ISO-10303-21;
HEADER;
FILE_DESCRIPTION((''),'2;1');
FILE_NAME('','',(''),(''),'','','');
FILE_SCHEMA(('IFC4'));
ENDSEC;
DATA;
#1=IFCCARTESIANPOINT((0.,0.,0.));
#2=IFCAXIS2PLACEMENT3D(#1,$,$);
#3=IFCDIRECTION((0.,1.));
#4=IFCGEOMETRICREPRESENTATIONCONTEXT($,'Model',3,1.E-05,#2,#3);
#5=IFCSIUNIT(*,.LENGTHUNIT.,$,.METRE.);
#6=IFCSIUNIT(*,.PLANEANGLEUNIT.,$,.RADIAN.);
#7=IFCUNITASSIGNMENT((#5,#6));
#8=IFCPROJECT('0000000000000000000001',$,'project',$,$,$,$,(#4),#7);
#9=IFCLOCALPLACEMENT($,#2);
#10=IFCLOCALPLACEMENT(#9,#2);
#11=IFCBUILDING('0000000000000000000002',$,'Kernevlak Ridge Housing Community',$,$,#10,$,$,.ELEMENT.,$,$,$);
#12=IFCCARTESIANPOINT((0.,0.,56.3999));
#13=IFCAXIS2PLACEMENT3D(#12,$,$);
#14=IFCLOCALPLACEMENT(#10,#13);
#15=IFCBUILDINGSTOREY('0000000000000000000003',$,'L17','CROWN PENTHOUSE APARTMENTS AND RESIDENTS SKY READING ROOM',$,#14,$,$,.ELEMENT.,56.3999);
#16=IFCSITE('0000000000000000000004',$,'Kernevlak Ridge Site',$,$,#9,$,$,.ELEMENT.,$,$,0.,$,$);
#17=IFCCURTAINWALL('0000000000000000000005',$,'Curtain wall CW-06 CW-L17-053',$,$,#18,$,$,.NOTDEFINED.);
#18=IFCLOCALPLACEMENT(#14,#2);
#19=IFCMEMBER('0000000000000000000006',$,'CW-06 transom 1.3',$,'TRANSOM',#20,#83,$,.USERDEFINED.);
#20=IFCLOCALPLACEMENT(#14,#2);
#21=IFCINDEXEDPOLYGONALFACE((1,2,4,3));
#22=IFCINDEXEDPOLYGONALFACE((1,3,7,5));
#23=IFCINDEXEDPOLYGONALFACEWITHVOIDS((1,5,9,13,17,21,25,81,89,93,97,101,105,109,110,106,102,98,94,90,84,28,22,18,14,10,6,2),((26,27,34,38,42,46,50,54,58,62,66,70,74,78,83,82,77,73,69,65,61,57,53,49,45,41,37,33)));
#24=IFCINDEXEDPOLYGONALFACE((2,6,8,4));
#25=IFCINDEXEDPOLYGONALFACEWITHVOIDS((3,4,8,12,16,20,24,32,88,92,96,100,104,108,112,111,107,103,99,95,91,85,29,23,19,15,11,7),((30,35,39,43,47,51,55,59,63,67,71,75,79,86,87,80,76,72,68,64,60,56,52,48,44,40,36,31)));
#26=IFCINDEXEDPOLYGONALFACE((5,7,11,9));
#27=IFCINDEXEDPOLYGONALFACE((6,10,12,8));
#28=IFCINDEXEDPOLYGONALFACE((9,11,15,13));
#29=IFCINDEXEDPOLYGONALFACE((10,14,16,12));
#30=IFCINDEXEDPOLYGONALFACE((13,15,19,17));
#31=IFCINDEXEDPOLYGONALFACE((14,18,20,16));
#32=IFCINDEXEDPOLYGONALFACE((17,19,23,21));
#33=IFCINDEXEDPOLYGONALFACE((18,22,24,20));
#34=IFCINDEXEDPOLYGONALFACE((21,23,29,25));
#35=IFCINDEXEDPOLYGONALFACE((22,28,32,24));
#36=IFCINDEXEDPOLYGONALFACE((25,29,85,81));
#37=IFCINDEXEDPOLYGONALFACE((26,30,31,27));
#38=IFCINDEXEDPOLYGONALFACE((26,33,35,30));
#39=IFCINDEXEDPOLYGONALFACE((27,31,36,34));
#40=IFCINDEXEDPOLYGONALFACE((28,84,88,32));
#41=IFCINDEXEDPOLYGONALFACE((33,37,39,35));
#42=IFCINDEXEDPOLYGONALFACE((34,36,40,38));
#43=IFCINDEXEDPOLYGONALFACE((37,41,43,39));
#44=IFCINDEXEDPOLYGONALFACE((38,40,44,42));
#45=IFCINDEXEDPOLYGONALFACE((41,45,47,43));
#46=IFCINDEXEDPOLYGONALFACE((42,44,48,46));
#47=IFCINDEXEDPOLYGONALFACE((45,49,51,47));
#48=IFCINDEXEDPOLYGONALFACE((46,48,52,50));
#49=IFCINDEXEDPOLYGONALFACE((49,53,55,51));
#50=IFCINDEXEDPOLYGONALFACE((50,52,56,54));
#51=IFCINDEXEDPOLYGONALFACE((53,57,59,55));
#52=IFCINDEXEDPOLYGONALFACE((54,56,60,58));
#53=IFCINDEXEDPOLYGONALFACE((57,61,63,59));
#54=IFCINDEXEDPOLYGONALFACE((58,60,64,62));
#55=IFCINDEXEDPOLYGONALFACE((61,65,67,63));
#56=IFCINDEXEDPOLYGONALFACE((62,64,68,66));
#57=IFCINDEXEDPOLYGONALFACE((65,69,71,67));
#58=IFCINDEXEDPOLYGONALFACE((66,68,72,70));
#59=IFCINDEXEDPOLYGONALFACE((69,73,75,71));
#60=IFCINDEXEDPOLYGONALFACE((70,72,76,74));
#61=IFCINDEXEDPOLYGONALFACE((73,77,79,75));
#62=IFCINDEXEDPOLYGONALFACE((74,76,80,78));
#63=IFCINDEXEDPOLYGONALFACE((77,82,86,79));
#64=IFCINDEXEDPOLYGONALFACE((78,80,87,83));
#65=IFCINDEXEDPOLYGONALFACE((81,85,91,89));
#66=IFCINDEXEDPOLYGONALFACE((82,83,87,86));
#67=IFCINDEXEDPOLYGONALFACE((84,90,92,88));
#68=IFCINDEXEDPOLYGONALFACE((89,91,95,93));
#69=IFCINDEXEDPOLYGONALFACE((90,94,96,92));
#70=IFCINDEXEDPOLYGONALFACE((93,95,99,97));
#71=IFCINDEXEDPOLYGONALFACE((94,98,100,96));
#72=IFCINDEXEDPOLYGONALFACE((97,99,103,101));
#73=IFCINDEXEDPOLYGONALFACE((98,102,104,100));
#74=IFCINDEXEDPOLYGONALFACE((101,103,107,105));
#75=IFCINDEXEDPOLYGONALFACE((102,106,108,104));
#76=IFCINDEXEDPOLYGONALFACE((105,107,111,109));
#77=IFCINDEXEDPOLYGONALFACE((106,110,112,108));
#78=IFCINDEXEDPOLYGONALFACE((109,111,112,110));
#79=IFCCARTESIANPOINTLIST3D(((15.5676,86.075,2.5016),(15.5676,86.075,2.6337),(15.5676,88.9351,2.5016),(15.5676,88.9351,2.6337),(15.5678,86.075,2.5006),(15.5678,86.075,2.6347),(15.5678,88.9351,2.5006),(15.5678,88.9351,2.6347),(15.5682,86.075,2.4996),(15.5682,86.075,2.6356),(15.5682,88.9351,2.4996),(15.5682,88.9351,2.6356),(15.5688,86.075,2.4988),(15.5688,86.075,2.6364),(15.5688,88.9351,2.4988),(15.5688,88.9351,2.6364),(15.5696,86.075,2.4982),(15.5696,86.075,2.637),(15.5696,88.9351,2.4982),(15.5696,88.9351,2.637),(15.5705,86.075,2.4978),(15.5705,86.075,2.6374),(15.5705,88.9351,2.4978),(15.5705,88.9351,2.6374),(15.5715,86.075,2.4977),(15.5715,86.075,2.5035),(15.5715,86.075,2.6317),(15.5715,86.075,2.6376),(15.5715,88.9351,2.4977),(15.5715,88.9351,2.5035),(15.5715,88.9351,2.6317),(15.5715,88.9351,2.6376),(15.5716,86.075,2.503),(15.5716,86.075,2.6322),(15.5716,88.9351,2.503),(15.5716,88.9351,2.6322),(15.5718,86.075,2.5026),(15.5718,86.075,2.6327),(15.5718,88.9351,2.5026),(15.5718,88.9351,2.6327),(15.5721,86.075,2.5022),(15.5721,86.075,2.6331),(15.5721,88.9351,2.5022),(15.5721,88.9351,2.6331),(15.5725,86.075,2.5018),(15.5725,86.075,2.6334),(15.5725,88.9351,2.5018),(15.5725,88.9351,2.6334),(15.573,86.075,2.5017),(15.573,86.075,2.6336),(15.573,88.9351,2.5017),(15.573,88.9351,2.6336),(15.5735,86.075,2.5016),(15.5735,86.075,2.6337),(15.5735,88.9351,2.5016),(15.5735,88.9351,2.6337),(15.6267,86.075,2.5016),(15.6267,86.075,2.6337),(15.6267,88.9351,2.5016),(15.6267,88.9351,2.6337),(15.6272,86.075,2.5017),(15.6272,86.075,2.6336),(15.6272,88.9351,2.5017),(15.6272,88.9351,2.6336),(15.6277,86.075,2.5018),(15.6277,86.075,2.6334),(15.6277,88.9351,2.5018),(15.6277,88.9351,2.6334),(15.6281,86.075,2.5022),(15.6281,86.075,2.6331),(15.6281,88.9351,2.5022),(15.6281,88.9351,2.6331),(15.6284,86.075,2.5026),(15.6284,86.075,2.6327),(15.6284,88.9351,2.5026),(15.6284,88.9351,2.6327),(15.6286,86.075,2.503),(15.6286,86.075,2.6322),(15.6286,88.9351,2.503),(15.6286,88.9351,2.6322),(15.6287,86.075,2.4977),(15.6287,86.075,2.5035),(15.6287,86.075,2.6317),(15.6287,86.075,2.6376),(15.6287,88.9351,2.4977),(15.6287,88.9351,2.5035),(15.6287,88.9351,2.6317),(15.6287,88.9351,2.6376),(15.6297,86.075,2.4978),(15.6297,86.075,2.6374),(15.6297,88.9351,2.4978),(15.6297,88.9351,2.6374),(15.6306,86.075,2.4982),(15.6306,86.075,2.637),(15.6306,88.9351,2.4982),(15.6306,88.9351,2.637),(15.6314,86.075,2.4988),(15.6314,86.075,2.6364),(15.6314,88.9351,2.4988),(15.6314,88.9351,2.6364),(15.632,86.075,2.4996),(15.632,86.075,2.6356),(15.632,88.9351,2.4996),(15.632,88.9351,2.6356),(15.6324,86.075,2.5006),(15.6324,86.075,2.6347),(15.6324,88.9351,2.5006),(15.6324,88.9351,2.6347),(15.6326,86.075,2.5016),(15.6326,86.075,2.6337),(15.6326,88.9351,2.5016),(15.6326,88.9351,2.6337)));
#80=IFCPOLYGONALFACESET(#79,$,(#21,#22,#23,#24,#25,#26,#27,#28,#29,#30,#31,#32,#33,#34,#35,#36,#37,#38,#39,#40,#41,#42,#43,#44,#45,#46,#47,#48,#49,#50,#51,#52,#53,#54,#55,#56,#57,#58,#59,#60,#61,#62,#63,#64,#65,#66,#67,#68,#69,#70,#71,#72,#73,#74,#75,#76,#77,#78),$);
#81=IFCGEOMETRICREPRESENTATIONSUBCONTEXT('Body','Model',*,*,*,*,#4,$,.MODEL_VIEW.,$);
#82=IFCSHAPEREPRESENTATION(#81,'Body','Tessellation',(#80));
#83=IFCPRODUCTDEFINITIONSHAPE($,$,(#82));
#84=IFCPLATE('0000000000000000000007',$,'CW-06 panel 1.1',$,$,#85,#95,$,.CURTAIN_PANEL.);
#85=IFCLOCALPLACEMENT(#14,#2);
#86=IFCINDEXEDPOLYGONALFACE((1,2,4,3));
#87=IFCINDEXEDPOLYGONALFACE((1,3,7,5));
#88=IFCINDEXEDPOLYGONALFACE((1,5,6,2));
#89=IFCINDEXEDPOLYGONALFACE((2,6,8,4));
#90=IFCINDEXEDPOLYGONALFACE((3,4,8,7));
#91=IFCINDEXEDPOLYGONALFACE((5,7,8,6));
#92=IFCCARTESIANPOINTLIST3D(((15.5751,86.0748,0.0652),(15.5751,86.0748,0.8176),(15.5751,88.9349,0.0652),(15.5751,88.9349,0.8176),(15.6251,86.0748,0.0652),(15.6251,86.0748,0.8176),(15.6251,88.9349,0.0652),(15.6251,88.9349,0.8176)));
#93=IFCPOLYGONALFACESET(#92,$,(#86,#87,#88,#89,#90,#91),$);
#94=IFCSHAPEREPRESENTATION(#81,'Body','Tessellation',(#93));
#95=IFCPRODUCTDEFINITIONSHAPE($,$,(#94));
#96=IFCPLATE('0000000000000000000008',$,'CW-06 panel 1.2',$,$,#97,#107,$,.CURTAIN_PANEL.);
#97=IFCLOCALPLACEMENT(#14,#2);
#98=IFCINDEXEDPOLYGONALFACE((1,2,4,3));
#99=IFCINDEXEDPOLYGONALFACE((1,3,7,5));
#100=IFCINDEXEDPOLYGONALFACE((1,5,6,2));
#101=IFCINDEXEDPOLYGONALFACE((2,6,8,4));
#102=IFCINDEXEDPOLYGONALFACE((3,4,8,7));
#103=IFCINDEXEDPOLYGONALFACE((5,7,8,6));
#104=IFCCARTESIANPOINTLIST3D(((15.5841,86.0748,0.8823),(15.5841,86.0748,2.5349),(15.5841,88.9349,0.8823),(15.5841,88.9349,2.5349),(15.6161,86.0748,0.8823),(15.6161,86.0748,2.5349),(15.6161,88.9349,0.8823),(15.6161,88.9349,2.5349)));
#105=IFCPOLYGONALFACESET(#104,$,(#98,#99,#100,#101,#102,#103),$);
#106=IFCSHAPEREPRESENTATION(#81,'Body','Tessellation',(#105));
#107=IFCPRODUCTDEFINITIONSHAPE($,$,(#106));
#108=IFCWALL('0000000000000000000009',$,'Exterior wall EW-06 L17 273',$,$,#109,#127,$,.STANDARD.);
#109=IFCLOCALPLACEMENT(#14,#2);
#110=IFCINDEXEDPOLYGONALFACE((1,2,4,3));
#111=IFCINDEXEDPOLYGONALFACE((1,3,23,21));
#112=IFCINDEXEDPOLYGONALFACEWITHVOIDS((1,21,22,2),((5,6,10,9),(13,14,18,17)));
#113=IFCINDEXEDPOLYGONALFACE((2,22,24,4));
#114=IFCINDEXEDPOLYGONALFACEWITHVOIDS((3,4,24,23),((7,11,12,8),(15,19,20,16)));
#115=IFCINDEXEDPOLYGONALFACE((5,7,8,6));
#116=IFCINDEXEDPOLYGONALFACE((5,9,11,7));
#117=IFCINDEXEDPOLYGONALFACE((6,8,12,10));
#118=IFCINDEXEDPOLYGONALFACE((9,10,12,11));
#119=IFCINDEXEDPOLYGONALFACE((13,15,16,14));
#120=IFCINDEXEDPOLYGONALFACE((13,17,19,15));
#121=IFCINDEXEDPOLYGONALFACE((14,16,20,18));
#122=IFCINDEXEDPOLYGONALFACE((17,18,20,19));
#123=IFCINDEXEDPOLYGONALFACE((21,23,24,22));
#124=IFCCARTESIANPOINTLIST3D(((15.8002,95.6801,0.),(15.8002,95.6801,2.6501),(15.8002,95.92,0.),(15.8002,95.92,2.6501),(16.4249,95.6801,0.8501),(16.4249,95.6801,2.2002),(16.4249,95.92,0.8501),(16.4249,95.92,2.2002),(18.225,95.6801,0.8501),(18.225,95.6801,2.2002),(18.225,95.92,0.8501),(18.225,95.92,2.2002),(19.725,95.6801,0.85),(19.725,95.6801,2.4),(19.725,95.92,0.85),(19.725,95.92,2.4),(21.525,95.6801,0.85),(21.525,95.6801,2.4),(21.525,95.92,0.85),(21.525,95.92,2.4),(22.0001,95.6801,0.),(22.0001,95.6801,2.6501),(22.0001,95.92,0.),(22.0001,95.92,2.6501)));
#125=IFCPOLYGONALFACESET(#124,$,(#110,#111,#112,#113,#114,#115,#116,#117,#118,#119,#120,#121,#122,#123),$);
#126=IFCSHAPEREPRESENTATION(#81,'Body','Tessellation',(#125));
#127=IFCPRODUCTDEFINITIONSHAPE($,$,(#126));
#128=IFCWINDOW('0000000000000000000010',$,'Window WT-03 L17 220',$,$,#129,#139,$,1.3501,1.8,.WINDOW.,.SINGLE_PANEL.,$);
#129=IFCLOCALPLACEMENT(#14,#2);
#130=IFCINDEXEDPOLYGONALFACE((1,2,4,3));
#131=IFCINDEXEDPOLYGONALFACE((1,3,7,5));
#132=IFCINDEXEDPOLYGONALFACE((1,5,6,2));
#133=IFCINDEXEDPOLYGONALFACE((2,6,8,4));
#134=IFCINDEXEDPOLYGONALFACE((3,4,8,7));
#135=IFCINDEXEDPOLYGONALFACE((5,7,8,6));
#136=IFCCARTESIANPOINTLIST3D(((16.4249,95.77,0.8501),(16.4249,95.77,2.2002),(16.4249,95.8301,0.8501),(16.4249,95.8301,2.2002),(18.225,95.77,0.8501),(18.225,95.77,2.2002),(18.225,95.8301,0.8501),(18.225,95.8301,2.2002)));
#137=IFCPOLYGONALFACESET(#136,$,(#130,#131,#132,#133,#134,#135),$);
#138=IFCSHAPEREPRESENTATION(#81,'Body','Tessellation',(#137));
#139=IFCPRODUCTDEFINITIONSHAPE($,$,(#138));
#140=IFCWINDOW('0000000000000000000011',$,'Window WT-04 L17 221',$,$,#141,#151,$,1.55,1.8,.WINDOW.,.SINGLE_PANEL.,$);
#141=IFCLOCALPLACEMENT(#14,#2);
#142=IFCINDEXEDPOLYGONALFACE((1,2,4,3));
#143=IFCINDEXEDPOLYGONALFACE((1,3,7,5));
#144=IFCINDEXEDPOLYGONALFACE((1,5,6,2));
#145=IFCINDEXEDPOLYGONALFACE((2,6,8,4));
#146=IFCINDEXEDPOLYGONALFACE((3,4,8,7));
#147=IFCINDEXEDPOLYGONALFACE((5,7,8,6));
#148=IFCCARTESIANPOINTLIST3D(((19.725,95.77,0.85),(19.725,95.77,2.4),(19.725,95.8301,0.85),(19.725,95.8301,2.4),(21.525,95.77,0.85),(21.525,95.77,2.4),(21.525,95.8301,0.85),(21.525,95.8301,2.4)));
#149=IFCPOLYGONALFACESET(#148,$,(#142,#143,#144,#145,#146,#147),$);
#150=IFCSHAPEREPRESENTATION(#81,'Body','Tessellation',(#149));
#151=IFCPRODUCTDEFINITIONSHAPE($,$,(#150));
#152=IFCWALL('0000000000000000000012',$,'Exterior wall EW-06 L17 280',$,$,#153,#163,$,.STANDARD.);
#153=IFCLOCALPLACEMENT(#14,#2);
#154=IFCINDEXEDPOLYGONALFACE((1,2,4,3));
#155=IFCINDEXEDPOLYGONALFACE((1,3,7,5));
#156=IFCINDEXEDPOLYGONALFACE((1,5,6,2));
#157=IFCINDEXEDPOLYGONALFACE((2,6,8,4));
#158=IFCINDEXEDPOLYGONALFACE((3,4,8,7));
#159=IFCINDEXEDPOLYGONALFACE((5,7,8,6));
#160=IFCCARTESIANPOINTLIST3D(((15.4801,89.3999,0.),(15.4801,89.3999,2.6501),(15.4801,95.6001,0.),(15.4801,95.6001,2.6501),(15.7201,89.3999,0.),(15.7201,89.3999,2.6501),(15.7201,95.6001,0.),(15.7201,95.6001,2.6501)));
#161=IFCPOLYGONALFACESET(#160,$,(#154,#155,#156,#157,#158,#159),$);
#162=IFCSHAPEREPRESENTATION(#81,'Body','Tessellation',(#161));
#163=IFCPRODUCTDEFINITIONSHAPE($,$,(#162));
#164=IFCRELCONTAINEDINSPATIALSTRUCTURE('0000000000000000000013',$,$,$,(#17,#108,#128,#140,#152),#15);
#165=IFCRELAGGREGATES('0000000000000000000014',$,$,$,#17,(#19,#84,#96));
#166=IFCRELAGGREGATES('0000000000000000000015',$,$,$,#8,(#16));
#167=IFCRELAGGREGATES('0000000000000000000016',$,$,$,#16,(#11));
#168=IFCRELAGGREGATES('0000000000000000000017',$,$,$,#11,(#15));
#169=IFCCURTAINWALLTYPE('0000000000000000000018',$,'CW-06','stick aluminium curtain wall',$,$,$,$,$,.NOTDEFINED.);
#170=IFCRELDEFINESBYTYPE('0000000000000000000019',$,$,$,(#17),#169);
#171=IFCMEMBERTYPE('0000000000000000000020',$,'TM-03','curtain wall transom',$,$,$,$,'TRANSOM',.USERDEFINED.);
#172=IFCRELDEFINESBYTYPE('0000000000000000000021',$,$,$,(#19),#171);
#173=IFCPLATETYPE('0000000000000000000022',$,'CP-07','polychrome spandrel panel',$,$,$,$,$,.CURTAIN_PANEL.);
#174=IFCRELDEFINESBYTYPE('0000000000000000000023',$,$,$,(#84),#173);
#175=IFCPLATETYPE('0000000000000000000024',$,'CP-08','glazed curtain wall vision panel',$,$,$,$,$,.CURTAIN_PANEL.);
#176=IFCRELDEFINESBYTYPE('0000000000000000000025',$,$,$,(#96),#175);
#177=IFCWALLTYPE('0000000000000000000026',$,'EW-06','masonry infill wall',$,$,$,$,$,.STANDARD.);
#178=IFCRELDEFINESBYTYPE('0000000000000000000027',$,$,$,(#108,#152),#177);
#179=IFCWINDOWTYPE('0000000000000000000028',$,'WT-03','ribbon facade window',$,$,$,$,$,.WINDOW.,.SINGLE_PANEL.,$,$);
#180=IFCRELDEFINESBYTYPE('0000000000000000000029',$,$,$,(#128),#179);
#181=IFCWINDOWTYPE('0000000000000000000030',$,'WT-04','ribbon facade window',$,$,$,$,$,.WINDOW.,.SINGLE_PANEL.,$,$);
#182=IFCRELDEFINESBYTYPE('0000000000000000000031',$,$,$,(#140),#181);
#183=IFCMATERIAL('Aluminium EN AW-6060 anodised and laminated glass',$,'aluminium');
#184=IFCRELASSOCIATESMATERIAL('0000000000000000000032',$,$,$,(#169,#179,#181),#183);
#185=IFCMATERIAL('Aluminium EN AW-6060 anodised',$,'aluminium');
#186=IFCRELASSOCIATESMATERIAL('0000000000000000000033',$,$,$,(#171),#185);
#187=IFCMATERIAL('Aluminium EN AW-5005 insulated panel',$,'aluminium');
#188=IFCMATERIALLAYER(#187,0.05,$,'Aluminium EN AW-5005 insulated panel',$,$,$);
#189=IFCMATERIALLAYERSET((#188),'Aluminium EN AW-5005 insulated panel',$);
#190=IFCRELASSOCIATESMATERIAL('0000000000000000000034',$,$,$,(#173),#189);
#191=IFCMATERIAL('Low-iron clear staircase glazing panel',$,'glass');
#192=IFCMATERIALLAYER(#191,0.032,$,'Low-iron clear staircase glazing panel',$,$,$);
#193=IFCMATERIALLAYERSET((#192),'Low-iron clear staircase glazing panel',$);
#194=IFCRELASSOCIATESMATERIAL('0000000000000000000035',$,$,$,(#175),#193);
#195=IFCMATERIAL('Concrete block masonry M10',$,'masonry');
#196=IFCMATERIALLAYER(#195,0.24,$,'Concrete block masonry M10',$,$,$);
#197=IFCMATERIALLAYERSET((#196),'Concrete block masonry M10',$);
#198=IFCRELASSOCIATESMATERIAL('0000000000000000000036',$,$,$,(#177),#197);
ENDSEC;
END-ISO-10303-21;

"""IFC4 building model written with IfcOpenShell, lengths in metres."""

from ifc_helpers import new_model, si_unit, direction, frame, frame_2d, origin, origin_2d, place, context, subcontext, project, spatial, rectangle, hollow_rectangle, extrude, material, layer, layer_set, material_profile, profile_set, type_object, element, fill, aggregate, save


model = new_model("IFC4")

# Units and contexts
model_context = context("Model", 3, precision=1e-05, world=origin(), true_north=direction((0.0, 1.0)))
body_context = subcontext(model_context, "Body", "Model", "MODEL_VIEW")
ifc_project = project(units=[si_unit("LENGTHUNIT", "METRE"), si_unit("PLANEANGLEUNIT", "RADIAN")], contexts=[model_context])

# Site, building, storey
site_placement = place(None, origin())
site = spatial("IfcSite", under=ifc_project, at=site_placement, Name="Kernevlak Ridge Site", CompositionType="ELEMENT", RefElevation=0.0)
building_placement = place(site_placement, origin())
building = spatial("IfcBuilding", under=site, at=building_placement, Name="Kernevlak Ridge Housing Community", CompositionType="ELEMENT")
storey_placement = place(building_placement, frame((0.0, 0.0, 56.3999)))
storey = spatial("IfcBuildingStorey", under=building, at=storey_placement, Name="L17", Description="CROWN PENTHOUSE APARTMENTS AND RESIDENTS SKY READING ROOM", CompositionType="ELEMENT", Elevation=56.3999)

# Curtain wall
ifc_material_1 = material(Name="Aluminium EN AW-6060 anodised and laminated glass", Category="aluminium")
curtain_wall_type = type_object("IfcCurtainWallType", Name="CW-06", Description="stick aluminium curtain wall", PredefinedType="NOTDEFINED", material=ifc_material_1)
curtain_wall_placement = place(storey_placement, origin())
curtain_wall = element("IfcCurtainWall", 1, at=curtain_wall_placement, inside=storey, type_object=curtain_wall_type, Name="Curtain wall CW-06 CW-L17-053", PredefinedType="NOTDEFINED")
ifc_material_2 = material(Name="Aluminium EN AW-6060 anodised", Category="aluminium")

# Member
ifc_material_profile_1 = material_profile(ifc_material_2, hollow_rectangle(XDim=0.0649, YDim=0.1399, WallThickness=0.0039, InnerFilletRadius=0.002, OuterFilletRadius=0.0039, at=origin_2d()), Name="ALU 65x140x4")
ifc_profile_set_1 = profile_set([ifc_material_profile_1], Name="Aluminium EN AW-6060 anodised")
member_type_1 = type_object("IfcMemberType", Name="TM-03", Description="curtain wall transom", ElementType="TRANSOM", PredefinedType="USERDEFINED", material=ifc_profile_set_1)
member_1_placement = place(storey_placement, frame((15.6001, 86.075, 2.5676), z_axis=(0.0, 1.0, 0.0), x_axis=(-1.0, 0.0, 0.0)))
member_1 = element("IfcMember", 2, at=member_1_placement, type_object=member_type_1, Name="CW-06 transom 1.3", ObjectType="TRANSOM", PredefinedType="USERDEFINED", context=body_context, shape_type="SweptSolid", body=[
    extrude(hollow_rectangle(XDim=0.0649, YDim=0.1399, WallThickness=0.0039, InnerFilletRadius=0.002, OuterFilletRadius=0.0039, at=origin_2d()), origin(), (0.0, 0.0, 1.0), 2.8601),
])

# Plates
ifc_material_3 = material(Name="Aluminium EN AW-5005 insulated panel", Category="aluminium")
ifc_layer_1 = layer(ifc_material_3, 0.05, Name="Aluminium EN AW-5005 insulated panel")
ifc_layer_set_1 = layer_set([ifc_layer_1], Name="Aluminium EN AW-5005 insulated panel")
plate_type_1 = type_object("IfcPlateType", Name="CP-07", Description="polychrome spandrel panel", PredefinedType="CURTAIN_PANEL", material=ifc_layer_set_1)
plate_1_placement = place(storey_placement, frame((15.6001, 87.5049, 0.0652), z_axis=(0.0, 0.0, 1.0), x_axis=(0.0, 1.0, 0.0)))
plate_1 = element("IfcPlate", 3, at=plate_1_placement, type_object=plate_type_1, Name="CW-06 panel 1.1", PredefinedType="CURTAIN_PANEL", context=body_context, shape_type="SweptSolid", body=[
    extrude(rectangle(XDim=2.8601, YDim=0.05, at=origin_2d()), origin(), (0.0, 0.0, 1.0), 0.7524),
])
ifc_material_4 = material(Name="Low-iron clear staircase glazing panel", Category="glass")
ifc_layer_2 = layer(ifc_material_4, 0.032, Name="Low-iron clear staircase glazing panel")
ifc_layer_set_2 = layer_set([ifc_layer_2], Name="Low-iron clear staircase glazing panel")
plate_type_2 = type_object("IfcPlateType", Name="CP-08", Description="glazed curtain wall vision panel", PredefinedType="CURTAIN_PANEL", material=ifc_layer_set_2)
plate_2_placement = place(storey_placement, frame((15.6001, 87.5049, 0.8823), z_axis=(0.0, 0.0, 1.0), x_axis=(0.0, 1.0, 0.0)))
plate_2 = element("IfcPlate", 4, at=plate_2_placement, type_object=plate_type_2, Name="CW-06 panel 1.2", PredefinedType="CURTAIN_PANEL", context=body_context, shape_type="SweptSolid", body=[
    extrude(rectangle(XDim=2.8601, YDim=0.032, at=origin_2d()), origin(), (0.0, 0.0, 1.0), 1.6526),
])
aggregate(curtain_wall, [member_1, plate_1, plate_2])

# Wall, openings, windows
ifc_material_5 = material(Name="Concrete block masonry M10", Category="masonry")
ifc_layer_3 = layer(ifc_material_5, 0.24, Name="Concrete block masonry M10")
ifc_layer_set_3 = layer_set([ifc_layer_3], Name="Concrete block masonry M10")
wall_type_1 = type_object("IfcWallType", Name="EW-06", Description="masonry infill wall", PredefinedType="STANDARD", material=ifc_layer_set_3)
wall_1_placement = place(storey_placement, frame((15.8, 95.8, 0.0), z_axis=(0.0, 0.0, 1.0), x_axis=(1.0, 0.0, 0.0)))
wall_1 = element("IfcWall", 5, at=wall_1_placement, inside=storey, type_object=wall_type_1, Name="Exterior wall EW-06 L17 273", PredefinedType="STANDARD", context=body_context, shape_type="SweptSolid", body=[
    extrude(rectangle(XDim=6.2, YDim=0.24, at=frame_2d((3.1001, 0.0))), origin(), (0.0, 0.0, 1.0), 2.6501),
])
opening_1_placement = place(wall_1_placement, frame((0.625, 0.0, 0.8501)))
opening_1 = element("IfcOpeningElement", 6, at=opening_1_placement, cuts=wall_1, PredefinedType="OPENING", context=body_context, shape_type="SweptSolid", body=[
    extrude(rectangle(XDim=1.8, YDim=1.3501, at=frame_2d((0.8999, 0.675))), frame((0.0, 0.1299, 0.0), z_axis=(0.0, -1.0, 0.0), x_axis=(1.0, 0.0, 0.0)), (0.0, 0.0, 1.0), 0.26),
])
opening_2_placement = place(wall_1_placement, frame((3.925, 0.0, 0.8501)))
opening_2 = element("IfcOpeningElement", 7, at=opening_2_placement, cuts=wall_1, PredefinedType="OPENING", context=body_context, shape_type="SweptSolid", body=[
    extrude(rectangle(XDim=1.8, YDim=1.55, at=frame_2d((0.8999, 0.7749))), frame((0.0, 0.1299, 0.0), z_axis=(0.0, -1.0, 0.0), x_axis=(1.0, 0.0, 0.0)), (0.0, 0.0, 1.0), 0.26),
])
window_type_1 = type_object("IfcWindowType", Name="WT-03", Description="ribbon facade window", PartitioningType="SINGLE_PANEL", PredefinedType="WINDOW", material=ifc_material_1)
window_1_placement = place(opening_1_placement, origin())
window_1 = element("IfcWindow", 8, at=window_1_placement, inside=storey, type_object=window_type_1, Name="Window WT-03 L17 220", OverallHeight=1.3501, OverallWidth=1.8, PartitioningType="SINGLE_PANEL", PredefinedType="WINDOW", context=body_context, shape_type="SweptSolid", body=[
    extrude(rectangle(XDim=1.8, YDim=1.3501, at=frame_2d((0.8999, 0.675))), frame((0.0, 0.03, 0.0), z_axis=(0.0, -1.0, 0.0), x_axis=(1.0, 0.0, 0.0)), (0.0, 0.0, 1.0), 0.0601),
])
fill(opening_1, window_1)
window_type_2 = type_object("IfcWindowType", Name="WT-04", Description="ribbon facade window", PartitioningType="SINGLE_PANEL", PredefinedType="WINDOW", material=ifc_material_1)
window_2_placement = place(opening_2_placement, origin())
window_2 = element("IfcWindow", 9, at=window_2_placement, inside=storey, type_object=window_type_2, Name="Window WT-04 L17 221", OverallHeight=1.55, OverallWidth=1.8, PartitioningType="SINGLE_PANEL", PredefinedType="WINDOW", context=body_context, shape_type="SweptSolid", body=[
    extrude(rectangle(XDim=1.8, YDim=1.55, at=frame_2d((0.8999, 0.7749))), frame((0.0, 0.03, 0.0), z_axis=(0.0, -1.0, 0.0), x_axis=(1.0, 0.0, 0.0)), (0.0, 0.0, 1.0), 0.0601),
])
fill(opening_2, window_2)

# Wall
wall_2_placement = place(storey_placement, frame((15.6001, 89.3999, 0.0), z_axis=(0.0, 0.0, 1.0), x_axis=(0.0, 1.0, 0.0)))
element("IfcWall", 10, at=wall_2_placement, inside=storey, type_object=wall_type_1, Name="Exterior wall EW-06 L17 280", PredefinedType="STANDARD", context=body_context, shape_type="SweptSolid", body=[
    extrude(rectangle(XDim=6.2002, YDim=0.24, at=frame_2d((3.1001, 0.0))), origin(), (0.0, 0.0, 1.0), 2.6501),
])

save(model, "model.ifc")
